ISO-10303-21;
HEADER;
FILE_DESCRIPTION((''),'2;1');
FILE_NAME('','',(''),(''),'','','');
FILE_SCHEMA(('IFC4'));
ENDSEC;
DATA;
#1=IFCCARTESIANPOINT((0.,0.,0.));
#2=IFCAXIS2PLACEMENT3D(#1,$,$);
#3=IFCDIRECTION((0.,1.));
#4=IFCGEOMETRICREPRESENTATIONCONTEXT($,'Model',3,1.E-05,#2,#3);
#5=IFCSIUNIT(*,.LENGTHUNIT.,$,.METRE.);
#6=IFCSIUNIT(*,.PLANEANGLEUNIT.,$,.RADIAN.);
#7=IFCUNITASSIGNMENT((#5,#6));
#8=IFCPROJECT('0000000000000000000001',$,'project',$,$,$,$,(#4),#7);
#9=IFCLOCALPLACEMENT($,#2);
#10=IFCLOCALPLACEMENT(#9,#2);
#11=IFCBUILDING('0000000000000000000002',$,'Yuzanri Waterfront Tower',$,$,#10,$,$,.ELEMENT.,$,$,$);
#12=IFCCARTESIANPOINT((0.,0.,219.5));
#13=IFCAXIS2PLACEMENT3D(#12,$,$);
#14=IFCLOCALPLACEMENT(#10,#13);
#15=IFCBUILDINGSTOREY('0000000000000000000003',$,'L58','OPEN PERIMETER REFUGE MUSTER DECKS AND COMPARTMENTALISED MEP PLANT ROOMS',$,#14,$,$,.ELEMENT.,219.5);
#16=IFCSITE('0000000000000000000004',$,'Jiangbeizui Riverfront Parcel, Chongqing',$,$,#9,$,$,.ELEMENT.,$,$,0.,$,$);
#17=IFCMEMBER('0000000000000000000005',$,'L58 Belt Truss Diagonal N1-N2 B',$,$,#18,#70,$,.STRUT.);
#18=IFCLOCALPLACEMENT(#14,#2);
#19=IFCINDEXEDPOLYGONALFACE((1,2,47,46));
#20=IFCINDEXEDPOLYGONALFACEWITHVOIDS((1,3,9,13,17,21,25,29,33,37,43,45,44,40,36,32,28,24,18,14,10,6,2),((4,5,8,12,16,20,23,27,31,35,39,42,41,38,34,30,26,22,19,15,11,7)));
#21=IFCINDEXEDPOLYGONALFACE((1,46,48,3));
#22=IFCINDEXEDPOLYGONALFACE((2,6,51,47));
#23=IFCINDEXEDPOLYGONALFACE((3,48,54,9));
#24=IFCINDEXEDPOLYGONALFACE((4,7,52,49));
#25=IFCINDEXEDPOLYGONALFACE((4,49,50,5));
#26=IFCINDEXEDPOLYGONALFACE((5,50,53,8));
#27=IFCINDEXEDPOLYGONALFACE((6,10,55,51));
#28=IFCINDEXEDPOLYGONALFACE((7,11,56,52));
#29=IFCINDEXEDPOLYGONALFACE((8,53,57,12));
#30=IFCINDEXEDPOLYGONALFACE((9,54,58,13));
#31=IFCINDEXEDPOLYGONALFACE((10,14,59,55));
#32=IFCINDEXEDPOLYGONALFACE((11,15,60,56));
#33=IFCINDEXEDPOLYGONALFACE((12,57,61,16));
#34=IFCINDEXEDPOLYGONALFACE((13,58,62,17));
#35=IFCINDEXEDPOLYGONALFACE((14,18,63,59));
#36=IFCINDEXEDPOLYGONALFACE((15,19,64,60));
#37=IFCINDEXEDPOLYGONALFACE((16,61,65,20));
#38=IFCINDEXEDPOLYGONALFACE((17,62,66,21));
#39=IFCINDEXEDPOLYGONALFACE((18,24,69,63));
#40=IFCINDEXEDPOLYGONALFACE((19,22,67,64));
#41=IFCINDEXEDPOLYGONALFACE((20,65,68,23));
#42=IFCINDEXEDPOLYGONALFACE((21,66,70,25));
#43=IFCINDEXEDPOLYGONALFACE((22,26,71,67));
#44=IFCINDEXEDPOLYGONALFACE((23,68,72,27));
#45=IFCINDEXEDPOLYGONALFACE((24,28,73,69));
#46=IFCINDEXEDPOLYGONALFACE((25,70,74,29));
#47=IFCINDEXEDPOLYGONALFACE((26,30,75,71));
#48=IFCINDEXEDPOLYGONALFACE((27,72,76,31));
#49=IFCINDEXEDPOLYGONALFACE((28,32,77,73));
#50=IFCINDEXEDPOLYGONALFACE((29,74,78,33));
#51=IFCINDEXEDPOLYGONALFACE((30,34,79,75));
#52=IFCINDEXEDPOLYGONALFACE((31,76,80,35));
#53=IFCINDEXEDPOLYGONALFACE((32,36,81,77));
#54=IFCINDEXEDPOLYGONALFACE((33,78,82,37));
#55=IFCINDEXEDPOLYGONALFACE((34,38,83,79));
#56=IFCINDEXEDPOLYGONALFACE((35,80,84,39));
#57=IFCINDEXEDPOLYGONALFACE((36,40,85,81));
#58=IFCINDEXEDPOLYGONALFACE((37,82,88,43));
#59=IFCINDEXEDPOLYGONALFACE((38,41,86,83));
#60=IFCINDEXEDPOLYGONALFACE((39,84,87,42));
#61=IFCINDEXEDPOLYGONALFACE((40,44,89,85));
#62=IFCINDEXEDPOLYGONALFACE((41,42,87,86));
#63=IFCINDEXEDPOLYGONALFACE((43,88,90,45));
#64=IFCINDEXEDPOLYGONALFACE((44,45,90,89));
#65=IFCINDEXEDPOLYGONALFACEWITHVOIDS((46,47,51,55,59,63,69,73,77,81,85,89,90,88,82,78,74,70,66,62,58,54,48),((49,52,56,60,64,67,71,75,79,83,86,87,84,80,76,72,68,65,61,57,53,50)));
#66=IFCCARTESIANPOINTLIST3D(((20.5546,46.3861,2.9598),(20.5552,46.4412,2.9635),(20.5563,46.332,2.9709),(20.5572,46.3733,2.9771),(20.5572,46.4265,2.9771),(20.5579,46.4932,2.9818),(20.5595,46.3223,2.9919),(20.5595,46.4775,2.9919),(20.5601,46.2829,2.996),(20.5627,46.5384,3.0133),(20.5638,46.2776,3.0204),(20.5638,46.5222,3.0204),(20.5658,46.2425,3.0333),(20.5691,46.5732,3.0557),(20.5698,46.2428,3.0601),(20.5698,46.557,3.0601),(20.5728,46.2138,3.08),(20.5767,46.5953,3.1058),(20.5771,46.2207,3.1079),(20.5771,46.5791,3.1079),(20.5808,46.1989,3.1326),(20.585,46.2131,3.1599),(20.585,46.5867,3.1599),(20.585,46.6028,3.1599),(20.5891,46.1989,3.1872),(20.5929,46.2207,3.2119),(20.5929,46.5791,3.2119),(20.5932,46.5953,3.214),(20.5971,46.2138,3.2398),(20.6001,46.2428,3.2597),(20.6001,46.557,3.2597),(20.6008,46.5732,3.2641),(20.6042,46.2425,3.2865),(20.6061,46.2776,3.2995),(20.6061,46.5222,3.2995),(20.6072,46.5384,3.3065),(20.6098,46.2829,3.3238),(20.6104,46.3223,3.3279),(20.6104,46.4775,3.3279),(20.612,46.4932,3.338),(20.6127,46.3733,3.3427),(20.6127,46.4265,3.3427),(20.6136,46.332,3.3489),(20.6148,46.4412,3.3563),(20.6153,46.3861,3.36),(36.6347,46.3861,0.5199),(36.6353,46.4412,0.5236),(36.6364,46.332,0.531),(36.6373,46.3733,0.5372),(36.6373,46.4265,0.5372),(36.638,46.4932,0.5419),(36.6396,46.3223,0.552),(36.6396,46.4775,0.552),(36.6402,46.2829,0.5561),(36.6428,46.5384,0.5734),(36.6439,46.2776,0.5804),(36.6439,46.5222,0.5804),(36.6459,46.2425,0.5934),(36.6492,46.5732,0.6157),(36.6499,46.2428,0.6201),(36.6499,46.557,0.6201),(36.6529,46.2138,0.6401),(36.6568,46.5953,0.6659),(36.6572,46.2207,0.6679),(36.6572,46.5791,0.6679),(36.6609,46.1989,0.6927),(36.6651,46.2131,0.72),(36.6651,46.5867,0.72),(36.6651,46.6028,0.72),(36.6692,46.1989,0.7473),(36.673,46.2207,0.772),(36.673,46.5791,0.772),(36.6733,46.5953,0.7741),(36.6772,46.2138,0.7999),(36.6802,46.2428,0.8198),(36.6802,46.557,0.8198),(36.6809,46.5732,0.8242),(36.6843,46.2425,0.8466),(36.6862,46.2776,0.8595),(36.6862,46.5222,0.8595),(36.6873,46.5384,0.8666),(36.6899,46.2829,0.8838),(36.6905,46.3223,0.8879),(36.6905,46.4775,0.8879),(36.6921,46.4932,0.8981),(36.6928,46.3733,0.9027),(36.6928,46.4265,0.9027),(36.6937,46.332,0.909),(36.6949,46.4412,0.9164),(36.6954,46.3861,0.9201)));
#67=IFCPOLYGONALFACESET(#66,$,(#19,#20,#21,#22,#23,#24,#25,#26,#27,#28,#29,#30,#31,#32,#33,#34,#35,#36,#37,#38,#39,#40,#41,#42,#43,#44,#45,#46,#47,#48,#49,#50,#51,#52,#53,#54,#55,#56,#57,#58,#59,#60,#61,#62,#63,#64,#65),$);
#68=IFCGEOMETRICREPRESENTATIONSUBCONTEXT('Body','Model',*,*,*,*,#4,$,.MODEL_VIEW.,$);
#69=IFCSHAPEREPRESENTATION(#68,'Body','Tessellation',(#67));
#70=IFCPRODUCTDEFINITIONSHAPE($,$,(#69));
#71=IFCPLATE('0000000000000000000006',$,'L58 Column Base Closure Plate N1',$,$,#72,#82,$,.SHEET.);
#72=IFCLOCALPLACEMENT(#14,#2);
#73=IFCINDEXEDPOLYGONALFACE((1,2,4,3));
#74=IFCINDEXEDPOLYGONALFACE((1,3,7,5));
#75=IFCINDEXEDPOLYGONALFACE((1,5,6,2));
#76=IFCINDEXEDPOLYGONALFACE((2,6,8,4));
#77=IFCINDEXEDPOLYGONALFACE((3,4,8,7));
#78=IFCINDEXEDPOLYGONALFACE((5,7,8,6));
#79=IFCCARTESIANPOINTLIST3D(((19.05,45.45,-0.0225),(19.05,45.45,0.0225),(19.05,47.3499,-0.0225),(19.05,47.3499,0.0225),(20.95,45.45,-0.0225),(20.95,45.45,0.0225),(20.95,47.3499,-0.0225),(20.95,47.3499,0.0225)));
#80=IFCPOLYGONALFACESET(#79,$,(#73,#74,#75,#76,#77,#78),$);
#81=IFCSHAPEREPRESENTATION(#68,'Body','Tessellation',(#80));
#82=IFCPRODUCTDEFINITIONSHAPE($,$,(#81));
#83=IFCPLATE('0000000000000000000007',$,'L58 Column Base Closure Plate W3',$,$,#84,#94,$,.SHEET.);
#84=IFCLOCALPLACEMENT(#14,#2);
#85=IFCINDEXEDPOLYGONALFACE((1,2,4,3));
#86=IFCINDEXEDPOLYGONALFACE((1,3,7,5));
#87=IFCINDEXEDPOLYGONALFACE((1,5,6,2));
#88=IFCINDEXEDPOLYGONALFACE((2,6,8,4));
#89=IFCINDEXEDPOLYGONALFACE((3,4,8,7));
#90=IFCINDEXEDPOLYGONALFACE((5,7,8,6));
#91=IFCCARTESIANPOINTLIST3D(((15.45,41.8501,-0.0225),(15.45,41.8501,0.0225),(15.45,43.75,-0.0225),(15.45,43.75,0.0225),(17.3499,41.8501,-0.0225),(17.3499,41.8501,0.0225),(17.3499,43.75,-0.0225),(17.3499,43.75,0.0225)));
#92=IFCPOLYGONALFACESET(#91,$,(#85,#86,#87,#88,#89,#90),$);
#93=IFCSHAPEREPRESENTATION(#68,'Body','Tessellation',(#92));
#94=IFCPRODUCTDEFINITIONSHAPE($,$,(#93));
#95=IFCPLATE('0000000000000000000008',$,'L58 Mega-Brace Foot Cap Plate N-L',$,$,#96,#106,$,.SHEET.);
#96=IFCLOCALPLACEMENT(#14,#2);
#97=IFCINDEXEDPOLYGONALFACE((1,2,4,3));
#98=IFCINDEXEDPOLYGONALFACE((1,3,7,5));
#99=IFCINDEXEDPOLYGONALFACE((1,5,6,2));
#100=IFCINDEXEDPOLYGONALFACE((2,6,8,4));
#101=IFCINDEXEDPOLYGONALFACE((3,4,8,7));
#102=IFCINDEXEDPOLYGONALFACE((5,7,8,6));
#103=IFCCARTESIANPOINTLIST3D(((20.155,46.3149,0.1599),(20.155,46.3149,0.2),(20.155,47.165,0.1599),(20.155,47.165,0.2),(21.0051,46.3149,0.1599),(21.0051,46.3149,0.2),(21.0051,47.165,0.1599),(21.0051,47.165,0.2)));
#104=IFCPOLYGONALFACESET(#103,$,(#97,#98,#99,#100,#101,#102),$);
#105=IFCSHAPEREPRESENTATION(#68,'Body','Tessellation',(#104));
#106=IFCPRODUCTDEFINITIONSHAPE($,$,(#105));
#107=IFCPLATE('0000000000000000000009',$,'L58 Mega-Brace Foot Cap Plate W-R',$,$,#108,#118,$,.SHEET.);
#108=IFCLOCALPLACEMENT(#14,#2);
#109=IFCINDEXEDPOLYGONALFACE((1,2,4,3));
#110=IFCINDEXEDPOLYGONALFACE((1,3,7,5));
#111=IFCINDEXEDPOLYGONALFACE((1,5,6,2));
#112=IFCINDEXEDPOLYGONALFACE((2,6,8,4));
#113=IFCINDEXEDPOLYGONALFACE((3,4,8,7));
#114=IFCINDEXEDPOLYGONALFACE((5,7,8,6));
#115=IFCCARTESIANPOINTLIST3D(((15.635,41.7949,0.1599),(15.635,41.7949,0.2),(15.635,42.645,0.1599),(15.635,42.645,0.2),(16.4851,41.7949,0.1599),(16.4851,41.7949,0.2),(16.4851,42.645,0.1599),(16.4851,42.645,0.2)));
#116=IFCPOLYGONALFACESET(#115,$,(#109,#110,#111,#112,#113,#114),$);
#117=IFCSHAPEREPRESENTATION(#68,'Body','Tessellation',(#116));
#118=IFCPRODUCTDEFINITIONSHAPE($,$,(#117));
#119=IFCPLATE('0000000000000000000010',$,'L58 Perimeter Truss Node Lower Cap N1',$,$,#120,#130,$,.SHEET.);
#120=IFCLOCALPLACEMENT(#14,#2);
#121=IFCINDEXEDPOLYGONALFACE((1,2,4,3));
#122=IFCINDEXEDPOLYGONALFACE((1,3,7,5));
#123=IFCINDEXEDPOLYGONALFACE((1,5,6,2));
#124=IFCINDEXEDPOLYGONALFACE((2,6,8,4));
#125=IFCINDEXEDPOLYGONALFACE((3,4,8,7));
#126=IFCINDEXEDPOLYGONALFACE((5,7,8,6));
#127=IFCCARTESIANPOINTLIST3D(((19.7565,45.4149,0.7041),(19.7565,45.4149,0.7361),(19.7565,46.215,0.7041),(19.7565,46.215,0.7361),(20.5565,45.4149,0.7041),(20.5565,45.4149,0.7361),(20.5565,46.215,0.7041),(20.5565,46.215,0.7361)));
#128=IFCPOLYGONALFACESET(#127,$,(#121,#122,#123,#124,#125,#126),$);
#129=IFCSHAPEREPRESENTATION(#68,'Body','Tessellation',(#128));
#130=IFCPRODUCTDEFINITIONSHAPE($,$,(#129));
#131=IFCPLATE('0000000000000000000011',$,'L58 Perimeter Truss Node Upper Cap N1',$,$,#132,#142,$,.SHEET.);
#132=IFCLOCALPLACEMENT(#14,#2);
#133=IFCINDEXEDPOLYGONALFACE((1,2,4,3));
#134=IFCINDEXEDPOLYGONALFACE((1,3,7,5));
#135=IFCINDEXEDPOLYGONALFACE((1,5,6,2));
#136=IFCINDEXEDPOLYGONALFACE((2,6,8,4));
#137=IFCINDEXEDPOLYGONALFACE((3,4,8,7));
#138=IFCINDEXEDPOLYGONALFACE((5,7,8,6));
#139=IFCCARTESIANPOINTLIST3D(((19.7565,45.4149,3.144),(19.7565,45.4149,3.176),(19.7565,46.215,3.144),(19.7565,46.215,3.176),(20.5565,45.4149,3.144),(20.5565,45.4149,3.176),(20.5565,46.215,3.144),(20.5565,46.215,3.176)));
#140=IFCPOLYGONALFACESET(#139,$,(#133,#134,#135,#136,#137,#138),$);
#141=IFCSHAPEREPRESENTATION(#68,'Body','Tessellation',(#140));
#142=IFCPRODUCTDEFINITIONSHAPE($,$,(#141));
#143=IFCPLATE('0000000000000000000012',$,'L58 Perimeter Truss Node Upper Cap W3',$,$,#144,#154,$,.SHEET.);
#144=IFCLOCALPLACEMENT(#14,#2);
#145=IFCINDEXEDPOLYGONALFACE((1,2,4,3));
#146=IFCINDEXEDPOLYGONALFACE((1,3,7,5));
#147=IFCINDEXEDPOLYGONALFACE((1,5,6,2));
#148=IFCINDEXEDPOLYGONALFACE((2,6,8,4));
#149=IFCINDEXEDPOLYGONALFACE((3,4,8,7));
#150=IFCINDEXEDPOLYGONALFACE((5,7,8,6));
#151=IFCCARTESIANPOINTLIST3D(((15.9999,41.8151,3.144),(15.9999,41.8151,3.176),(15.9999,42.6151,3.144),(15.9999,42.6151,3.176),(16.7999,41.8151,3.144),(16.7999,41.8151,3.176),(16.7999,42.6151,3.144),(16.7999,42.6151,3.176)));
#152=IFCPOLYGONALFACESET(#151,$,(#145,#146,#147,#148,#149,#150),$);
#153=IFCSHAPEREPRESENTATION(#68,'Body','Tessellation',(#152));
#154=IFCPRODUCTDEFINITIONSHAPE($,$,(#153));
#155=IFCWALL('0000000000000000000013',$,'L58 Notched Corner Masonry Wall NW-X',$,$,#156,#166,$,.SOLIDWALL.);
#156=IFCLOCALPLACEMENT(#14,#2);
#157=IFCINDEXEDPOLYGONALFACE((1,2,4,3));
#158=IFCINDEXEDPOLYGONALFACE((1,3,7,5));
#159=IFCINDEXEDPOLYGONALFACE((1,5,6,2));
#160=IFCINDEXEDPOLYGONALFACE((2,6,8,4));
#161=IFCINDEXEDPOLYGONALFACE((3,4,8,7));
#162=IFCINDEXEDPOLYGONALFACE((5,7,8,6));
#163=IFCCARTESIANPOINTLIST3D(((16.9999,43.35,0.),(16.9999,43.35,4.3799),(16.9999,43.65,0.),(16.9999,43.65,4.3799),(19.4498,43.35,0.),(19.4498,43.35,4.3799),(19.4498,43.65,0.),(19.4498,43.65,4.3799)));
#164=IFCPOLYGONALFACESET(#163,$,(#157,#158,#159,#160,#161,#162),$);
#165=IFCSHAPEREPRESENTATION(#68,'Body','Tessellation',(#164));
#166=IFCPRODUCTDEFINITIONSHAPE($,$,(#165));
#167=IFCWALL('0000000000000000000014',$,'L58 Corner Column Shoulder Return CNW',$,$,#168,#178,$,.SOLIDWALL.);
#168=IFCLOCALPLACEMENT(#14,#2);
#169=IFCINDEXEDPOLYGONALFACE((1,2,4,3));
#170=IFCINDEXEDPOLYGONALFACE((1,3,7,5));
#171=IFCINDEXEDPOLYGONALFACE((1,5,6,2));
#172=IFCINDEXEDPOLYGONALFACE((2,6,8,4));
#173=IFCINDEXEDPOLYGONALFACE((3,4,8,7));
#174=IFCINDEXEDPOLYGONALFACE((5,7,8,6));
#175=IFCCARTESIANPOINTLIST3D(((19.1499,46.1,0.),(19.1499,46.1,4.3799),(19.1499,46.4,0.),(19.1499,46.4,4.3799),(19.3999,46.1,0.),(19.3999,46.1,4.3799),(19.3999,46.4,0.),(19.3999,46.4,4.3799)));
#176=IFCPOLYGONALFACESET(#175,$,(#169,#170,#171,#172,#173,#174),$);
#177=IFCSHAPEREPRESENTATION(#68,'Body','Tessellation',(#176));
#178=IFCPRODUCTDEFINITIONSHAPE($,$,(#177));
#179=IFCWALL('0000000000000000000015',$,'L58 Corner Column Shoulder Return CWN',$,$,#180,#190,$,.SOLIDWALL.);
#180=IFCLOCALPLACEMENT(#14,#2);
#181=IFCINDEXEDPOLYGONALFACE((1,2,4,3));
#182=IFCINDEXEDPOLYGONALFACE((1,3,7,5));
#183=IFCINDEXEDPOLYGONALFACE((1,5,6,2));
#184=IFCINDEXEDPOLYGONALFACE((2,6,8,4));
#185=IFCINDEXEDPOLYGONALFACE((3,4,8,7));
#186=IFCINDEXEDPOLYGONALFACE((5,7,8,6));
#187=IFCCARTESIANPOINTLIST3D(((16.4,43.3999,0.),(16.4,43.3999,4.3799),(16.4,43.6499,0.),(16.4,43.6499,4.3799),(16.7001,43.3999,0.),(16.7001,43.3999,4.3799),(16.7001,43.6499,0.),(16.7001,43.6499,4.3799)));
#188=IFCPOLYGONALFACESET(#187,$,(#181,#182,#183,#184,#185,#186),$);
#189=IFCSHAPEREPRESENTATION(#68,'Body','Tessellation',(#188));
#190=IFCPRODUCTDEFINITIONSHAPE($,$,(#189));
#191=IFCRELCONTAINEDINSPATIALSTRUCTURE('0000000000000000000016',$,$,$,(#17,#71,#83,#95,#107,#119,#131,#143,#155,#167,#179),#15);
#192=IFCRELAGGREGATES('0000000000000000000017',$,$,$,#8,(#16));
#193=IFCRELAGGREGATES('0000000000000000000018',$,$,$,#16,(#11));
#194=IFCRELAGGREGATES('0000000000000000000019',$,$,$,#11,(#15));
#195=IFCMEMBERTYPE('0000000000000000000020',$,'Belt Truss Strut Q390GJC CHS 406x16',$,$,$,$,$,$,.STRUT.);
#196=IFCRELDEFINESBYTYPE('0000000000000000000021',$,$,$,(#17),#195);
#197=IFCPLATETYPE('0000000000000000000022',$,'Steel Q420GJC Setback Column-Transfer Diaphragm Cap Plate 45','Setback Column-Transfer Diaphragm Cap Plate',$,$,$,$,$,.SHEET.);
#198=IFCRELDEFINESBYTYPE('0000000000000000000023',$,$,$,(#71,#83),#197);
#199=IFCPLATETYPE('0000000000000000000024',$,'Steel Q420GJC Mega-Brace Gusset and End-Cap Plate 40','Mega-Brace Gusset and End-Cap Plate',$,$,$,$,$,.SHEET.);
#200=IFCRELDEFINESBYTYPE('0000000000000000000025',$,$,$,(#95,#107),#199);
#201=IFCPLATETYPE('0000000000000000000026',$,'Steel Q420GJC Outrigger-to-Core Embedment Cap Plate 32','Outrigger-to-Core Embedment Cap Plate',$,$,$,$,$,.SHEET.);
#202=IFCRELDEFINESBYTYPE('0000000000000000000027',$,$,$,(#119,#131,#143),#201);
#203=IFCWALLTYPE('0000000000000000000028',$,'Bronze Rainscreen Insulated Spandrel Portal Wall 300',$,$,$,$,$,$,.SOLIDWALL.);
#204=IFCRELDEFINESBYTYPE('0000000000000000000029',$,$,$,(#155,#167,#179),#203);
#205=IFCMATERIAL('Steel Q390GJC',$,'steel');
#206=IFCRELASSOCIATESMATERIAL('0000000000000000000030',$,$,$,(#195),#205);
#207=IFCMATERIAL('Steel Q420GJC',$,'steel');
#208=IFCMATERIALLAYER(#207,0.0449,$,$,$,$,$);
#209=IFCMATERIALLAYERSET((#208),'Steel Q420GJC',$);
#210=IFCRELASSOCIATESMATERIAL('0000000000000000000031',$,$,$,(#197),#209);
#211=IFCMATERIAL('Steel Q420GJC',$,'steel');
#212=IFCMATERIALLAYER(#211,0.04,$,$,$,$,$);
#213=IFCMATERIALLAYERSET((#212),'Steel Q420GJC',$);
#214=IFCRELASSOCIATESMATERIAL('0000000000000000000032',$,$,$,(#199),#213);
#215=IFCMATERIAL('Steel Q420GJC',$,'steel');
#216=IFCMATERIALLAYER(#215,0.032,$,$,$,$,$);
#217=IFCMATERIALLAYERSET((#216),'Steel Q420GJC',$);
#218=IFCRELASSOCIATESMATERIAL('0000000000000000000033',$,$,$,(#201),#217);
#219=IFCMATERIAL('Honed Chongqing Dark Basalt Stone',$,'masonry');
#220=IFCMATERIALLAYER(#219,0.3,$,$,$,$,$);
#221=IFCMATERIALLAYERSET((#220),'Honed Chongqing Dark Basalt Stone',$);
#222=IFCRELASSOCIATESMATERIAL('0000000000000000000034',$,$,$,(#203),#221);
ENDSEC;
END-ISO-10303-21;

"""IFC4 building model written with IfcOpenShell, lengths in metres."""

from ifc_helpers import new_model, si_unit, direction, frame, frame_2d, origin, origin_2d, place, context, subcontext, project, spatial, rectangle, hollow_circle, extrude, source, transform, mapped, material, layer, layer_set, material_profile, profile_set, type_object, element, save


model = new_model("IFC4")

# Units and contexts
model_context = context("Model", 3, precision=1e-05, world=origin(), true_north=direction((0.0, 1.0)))
body_context = subcontext(model_context, "Body", "Model", "MODEL_VIEW")
ifc_project = project(units=[si_unit("LENGTHUNIT", "METRE"), si_unit("PLANEANGLEUNIT", "RADIAN")], contexts=[model_context])

# Site, building, storey
site_placement = place(None, origin())
site = spatial("IfcSite", under=ifc_project, at=site_placement, Name="Jiangbeizui Riverfront Parcel, Chongqing", CompositionType="ELEMENT", RefElevation=0.0)
building_placement = place(site_placement, origin())
building = spatial("IfcBuilding", under=site, at=building_placement, Name="Yuzanri Waterfront Tower", CompositionType="ELEMENT")
storey_placement = place(building_placement, frame((0.0, 0.0, 219.5)))
storey = spatial("IfcBuildingStorey", under=building, at=storey_placement, Name="L58", Description="OPEN PERIMETER REFUGE MUSTER DECKS AND COMPARTMENTALISED MEP PLANT ROOMS", CompositionType="ELEMENT", Elevation=219.5)

# Member
ifc_material_1 = material(Name="Steel Q390GJC", Category="steel")
ifc_material_profile_1 = material_profile(ifc_material_1, hollow_circle(Radius=0.2029, WallThickness=0.0161, at=origin_2d()), Name="CHS 406x16")
ifc_profile_set_1 = profile_set([ifc_material_profile_1], Name="Steel Q390GJC")
member_type_1 = type_object("IfcMemberType", Name="Belt Truss Strut Q390GJC CHS 406x16", PredefinedType="STRUT", material=ifc_profile_set_1)
shared_shape_1 = source(origin(), body_context, "Body", "SweptSolid", [
    extrude(hollow_circle(Radius=0.2029, WallThickness=0.0161, at=origin_2d()), origin(), (0.0, 0.0, 1.0), 16.2642),
])
for number, where, z_axis, x_axis, name in (
    (1, (20.585, 46.3999, 3.1599), (0.988683, 0.0, -0.15002), (0.0, 1.0, 0.0), "L58 Belt Truss Diagonal N1-N2 B"),
):
    element("IfcMember", number, at=place(storey_placement, frame(where, z_axis=z_axis, x_axis=x_axis)), inside=storey, type_object=member_type_1, Name=name, PredefinedType="STRUT", context=body_context, shape_type="MappedRepresentation", body=[
        mapped(shared_shape_1, transform((0.0, 0.0, 0.0), scale=1.0)),
    ])

# Plates
ifc_material_2 = material(Name="Steel Q420GJC", Category="steel")
ifc_layer_1 = layer(ifc_material_2, 0.0449)
ifc_layer_set_1 = layer_set([ifc_layer_1], Name="Steel Q420GJC")
plate_type_1 = type_object("IfcPlateType", Name="Steel Q420GJC Setback Column-Transfer Diaphragm Cap Plate 45", Description="Setback Column-Transfer Diaphragm Cap Plate", PredefinedType="SHEET", material=ifc_layer_set_1)
shared_shape_2 = source(origin(), body_context, "Body", "SweptSolid", [
    extrude(rectangle(XDim=1.8999, YDim=1.8999, at=origin_2d()), origin(), (0.0, 0.0, 1.0), 0.0449),
])
for number, where, z_axis, x_axis, name in (
    (2, (20.0, 46.3999, -0.0225), (0.0, 0.0, 1.0), (1.0, 0.0, 0.0), "L58 Column Base Closure Plate N1"),
    (3, (16.3999, 42.8, -0.0225), (0.0, 0.0, 1.0), (1.0, 0.0, 0.0), "L58 Column Base Closure Plate W3"),
):
    element("IfcPlate", number, at=place(storey_placement, frame(where, z_axis=z_axis, x_axis=x_axis)), inside=storey, type_object=plate_type_1, Name=name, PredefinedType="SHEET", context=body_context, shape_type="MappedRepresentation", body=[
        mapped(shared_shape_2, transform((0.0, 0.0, 0.0), scale=1.0)),
    ])
ifc_material_3 = material(Name="Steel Q420GJC", Category="steel")
ifc_layer_2 = layer(ifc_material_3, 0.04)
ifc_layer_set_2 = layer_set([ifc_layer_2], Name="Steel Q420GJC")
plate_type_2 = type_object("IfcPlateType", Name="Steel Q420GJC Mega-Brace Gusset and End-Cap Plate 40", Description="Mega-Brace Gusset and End-Cap Plate", PredefinedType="SHEET", material=ifc_layer_set_2)
shared_shape_3 = source(origin(), body_context, "Body", "SweptSolid", [
    extrude(rectangle(XDim=0.8501, YDim=0.8501, at=origin_2d()), origin(), (0.0, 0.0, 1.0), 0.04),
])
for number, where, z_axis, x_axis, name in (
    (4, (20.5801, 46.74, 0.1599), (0.0, 0.0, 1.0), (1.0, 0.0, 0.0), "L58 Mega-Brace Foot Cap Plate N-L"),
    (5, (16.0601, 42.22, 0.1599), (0.0, 0.0, 1.0), (1.0, 0.0, 0.0), "L58 Mega-Brace Foot Cap Plate W-R"),
):
    element("IfcPlate", number, at=place(storey_placement, frame(where, z_axis=z_axis, x_axis=x_axis)), inside=storey, type_object=plate_type_2, Name=name, PredefinedType="SHEET", context=body_context, shape_type="MappedRepresentation", body=[
        mapped(shared_shape_3, transform((0.0, 0.0, 0.0), scale=1.0)),
    ])
ifc_material_4 = material(Name="Steel Q420GJC", Category="steel")
ifc_layer_3 = layer(ifc_material_4, 0.032)
ifc_layer_set_3 = layer_set([ifc_layer_3], Name="Steel Q420GJC")
plate_type_3 = type_object("IfcPlateType", Name="Steel Q420GJC Outrigger-to-Core Embedment Cap Plate 32", Description="Outrigger-to-Core Embedment Cap Plate", PredefinedType="SHEET", material=ifc_layer_set_3)
shared_shape_4 = source(origin(), body_context, "Body", "SweptSolid", [
    extrude(rectangle(XDim=0.8, YDim=0.8, at=origin_2d()), origin(), (0.0, 0.0, 1.0), 0.032),
])
for number, where, z_axis, x_axis, name in (
    (6, (20.1565, 45.8149, 0.7041), (0.0, 0.0, 1.0), (1.0, 0.0, 0.0), "L58 Perimeter Truss Node Lower Cap N1"),
    (7, (20.1565, 45.8149, 3.144), (0.0, 0.0, 1.0), (1.0, 0.0, 0.0), "L58 Perimeter Truss Node Upper Cap N1"),
    (8, (16.3999, 42.2151, 3.144), (0.0, 0.0, 1.0), (1.0, 0.0, 0.0), "L58 Perimeter Truss Node Upper Cap W3"),
):
    element("IfcPlate", number, at=place(storey_placement, frame(where, z_axis=z_axis, x_axis=x_axis)), inside=storey, type_object=plate_type_3, Name=name, PredefinedType="SHEET", context=body_context, shape_type="MappedRepresentation", body=[
        mapped(shared_shape_4, transform((0.0, 0.0, 0.0), scale=1.0)),
    ])

# Walls
ifc_material_5 = material(Name="Honed Chongqing Dark Basalt Stone", Category="masonry")
ifc_layer_4 = layer(ifc_material_5, 0.3)
ifc_layer_set_4 = layer_set([ifc_layer_4], Name="Honed Chongqing Dark Basalt Stone")
wall_type = type_object("IfcWallType", Name="Bronze Rainscreen Insulated Spandrel Portal Wall 300", PredefinedType="SOLIDWALL", material=ifc_layer_set_4)
shared_shape_5 = source(origin(), body_context, "Body", "SweptSolid", [
    extrude(rectangle(XDim=2.45, YDim=0.3, at=frame_2d((1.2251, 0.0))), origin(), (0.0, 0.0, 1.0), 4.3799),
])
wall_1_placement = place(storey_placement, frame((19.45, 43.5, 0.0), z_axis=(0.0, 0.0, 1.0), x_axis=(-1.0, 0.0, 0.0)))
element("IfcWall", 9, at=wall_1_placement, inside=storey, type_object=wall_type, Name="L58 Notched Corner Masonry Wall NW-X", PredefinedType="SOLIDWALL", context=body_context, shape_type="MappedRepresentation", body=[
    mapped(shared_shape_5, transform((0.0, 0.0, 0.0), scale=1.0)),
])
shared_shape_6 = source(origin(), body_context, "Body", "SweptSolid", [
    extrude(rectangle(XDim=0.25, YDim=0.3, at=frame_2d((0.125, 0.0))), origin(), (0.0, 0.0, 1.0), 4.3799),
])
for number, where, z_axis, x_axis, name in (
    (10, (19.1499, 46.25, 0.0), (0.0, 0.0, 1.0), (1.0, 0.0, 0.0), "L58 Corner Column Shoulder Return CNW"),
    (11, (16.55, 43.3999, 0.0), (0.0, 0.0, 1.0), (0.0, 1.0, 0.0), "L58 Corner Column Shoulder Return CWN"),
):
    element("IfcWall", number, at=place(storey_placement, frame(where, z_axis=z_axis, x_axis=x_axis)), inside=storey, type_object=wall_type, Name=name, PredefinedType="SOLIDWALL", context=body_context, shape_type="MappedRepresentation", body=[
        mapped(shared_shape_6, transform((0.0, 0.0, 0.0), scale=1.0)),
    ])

save(model, "model.ifc")
